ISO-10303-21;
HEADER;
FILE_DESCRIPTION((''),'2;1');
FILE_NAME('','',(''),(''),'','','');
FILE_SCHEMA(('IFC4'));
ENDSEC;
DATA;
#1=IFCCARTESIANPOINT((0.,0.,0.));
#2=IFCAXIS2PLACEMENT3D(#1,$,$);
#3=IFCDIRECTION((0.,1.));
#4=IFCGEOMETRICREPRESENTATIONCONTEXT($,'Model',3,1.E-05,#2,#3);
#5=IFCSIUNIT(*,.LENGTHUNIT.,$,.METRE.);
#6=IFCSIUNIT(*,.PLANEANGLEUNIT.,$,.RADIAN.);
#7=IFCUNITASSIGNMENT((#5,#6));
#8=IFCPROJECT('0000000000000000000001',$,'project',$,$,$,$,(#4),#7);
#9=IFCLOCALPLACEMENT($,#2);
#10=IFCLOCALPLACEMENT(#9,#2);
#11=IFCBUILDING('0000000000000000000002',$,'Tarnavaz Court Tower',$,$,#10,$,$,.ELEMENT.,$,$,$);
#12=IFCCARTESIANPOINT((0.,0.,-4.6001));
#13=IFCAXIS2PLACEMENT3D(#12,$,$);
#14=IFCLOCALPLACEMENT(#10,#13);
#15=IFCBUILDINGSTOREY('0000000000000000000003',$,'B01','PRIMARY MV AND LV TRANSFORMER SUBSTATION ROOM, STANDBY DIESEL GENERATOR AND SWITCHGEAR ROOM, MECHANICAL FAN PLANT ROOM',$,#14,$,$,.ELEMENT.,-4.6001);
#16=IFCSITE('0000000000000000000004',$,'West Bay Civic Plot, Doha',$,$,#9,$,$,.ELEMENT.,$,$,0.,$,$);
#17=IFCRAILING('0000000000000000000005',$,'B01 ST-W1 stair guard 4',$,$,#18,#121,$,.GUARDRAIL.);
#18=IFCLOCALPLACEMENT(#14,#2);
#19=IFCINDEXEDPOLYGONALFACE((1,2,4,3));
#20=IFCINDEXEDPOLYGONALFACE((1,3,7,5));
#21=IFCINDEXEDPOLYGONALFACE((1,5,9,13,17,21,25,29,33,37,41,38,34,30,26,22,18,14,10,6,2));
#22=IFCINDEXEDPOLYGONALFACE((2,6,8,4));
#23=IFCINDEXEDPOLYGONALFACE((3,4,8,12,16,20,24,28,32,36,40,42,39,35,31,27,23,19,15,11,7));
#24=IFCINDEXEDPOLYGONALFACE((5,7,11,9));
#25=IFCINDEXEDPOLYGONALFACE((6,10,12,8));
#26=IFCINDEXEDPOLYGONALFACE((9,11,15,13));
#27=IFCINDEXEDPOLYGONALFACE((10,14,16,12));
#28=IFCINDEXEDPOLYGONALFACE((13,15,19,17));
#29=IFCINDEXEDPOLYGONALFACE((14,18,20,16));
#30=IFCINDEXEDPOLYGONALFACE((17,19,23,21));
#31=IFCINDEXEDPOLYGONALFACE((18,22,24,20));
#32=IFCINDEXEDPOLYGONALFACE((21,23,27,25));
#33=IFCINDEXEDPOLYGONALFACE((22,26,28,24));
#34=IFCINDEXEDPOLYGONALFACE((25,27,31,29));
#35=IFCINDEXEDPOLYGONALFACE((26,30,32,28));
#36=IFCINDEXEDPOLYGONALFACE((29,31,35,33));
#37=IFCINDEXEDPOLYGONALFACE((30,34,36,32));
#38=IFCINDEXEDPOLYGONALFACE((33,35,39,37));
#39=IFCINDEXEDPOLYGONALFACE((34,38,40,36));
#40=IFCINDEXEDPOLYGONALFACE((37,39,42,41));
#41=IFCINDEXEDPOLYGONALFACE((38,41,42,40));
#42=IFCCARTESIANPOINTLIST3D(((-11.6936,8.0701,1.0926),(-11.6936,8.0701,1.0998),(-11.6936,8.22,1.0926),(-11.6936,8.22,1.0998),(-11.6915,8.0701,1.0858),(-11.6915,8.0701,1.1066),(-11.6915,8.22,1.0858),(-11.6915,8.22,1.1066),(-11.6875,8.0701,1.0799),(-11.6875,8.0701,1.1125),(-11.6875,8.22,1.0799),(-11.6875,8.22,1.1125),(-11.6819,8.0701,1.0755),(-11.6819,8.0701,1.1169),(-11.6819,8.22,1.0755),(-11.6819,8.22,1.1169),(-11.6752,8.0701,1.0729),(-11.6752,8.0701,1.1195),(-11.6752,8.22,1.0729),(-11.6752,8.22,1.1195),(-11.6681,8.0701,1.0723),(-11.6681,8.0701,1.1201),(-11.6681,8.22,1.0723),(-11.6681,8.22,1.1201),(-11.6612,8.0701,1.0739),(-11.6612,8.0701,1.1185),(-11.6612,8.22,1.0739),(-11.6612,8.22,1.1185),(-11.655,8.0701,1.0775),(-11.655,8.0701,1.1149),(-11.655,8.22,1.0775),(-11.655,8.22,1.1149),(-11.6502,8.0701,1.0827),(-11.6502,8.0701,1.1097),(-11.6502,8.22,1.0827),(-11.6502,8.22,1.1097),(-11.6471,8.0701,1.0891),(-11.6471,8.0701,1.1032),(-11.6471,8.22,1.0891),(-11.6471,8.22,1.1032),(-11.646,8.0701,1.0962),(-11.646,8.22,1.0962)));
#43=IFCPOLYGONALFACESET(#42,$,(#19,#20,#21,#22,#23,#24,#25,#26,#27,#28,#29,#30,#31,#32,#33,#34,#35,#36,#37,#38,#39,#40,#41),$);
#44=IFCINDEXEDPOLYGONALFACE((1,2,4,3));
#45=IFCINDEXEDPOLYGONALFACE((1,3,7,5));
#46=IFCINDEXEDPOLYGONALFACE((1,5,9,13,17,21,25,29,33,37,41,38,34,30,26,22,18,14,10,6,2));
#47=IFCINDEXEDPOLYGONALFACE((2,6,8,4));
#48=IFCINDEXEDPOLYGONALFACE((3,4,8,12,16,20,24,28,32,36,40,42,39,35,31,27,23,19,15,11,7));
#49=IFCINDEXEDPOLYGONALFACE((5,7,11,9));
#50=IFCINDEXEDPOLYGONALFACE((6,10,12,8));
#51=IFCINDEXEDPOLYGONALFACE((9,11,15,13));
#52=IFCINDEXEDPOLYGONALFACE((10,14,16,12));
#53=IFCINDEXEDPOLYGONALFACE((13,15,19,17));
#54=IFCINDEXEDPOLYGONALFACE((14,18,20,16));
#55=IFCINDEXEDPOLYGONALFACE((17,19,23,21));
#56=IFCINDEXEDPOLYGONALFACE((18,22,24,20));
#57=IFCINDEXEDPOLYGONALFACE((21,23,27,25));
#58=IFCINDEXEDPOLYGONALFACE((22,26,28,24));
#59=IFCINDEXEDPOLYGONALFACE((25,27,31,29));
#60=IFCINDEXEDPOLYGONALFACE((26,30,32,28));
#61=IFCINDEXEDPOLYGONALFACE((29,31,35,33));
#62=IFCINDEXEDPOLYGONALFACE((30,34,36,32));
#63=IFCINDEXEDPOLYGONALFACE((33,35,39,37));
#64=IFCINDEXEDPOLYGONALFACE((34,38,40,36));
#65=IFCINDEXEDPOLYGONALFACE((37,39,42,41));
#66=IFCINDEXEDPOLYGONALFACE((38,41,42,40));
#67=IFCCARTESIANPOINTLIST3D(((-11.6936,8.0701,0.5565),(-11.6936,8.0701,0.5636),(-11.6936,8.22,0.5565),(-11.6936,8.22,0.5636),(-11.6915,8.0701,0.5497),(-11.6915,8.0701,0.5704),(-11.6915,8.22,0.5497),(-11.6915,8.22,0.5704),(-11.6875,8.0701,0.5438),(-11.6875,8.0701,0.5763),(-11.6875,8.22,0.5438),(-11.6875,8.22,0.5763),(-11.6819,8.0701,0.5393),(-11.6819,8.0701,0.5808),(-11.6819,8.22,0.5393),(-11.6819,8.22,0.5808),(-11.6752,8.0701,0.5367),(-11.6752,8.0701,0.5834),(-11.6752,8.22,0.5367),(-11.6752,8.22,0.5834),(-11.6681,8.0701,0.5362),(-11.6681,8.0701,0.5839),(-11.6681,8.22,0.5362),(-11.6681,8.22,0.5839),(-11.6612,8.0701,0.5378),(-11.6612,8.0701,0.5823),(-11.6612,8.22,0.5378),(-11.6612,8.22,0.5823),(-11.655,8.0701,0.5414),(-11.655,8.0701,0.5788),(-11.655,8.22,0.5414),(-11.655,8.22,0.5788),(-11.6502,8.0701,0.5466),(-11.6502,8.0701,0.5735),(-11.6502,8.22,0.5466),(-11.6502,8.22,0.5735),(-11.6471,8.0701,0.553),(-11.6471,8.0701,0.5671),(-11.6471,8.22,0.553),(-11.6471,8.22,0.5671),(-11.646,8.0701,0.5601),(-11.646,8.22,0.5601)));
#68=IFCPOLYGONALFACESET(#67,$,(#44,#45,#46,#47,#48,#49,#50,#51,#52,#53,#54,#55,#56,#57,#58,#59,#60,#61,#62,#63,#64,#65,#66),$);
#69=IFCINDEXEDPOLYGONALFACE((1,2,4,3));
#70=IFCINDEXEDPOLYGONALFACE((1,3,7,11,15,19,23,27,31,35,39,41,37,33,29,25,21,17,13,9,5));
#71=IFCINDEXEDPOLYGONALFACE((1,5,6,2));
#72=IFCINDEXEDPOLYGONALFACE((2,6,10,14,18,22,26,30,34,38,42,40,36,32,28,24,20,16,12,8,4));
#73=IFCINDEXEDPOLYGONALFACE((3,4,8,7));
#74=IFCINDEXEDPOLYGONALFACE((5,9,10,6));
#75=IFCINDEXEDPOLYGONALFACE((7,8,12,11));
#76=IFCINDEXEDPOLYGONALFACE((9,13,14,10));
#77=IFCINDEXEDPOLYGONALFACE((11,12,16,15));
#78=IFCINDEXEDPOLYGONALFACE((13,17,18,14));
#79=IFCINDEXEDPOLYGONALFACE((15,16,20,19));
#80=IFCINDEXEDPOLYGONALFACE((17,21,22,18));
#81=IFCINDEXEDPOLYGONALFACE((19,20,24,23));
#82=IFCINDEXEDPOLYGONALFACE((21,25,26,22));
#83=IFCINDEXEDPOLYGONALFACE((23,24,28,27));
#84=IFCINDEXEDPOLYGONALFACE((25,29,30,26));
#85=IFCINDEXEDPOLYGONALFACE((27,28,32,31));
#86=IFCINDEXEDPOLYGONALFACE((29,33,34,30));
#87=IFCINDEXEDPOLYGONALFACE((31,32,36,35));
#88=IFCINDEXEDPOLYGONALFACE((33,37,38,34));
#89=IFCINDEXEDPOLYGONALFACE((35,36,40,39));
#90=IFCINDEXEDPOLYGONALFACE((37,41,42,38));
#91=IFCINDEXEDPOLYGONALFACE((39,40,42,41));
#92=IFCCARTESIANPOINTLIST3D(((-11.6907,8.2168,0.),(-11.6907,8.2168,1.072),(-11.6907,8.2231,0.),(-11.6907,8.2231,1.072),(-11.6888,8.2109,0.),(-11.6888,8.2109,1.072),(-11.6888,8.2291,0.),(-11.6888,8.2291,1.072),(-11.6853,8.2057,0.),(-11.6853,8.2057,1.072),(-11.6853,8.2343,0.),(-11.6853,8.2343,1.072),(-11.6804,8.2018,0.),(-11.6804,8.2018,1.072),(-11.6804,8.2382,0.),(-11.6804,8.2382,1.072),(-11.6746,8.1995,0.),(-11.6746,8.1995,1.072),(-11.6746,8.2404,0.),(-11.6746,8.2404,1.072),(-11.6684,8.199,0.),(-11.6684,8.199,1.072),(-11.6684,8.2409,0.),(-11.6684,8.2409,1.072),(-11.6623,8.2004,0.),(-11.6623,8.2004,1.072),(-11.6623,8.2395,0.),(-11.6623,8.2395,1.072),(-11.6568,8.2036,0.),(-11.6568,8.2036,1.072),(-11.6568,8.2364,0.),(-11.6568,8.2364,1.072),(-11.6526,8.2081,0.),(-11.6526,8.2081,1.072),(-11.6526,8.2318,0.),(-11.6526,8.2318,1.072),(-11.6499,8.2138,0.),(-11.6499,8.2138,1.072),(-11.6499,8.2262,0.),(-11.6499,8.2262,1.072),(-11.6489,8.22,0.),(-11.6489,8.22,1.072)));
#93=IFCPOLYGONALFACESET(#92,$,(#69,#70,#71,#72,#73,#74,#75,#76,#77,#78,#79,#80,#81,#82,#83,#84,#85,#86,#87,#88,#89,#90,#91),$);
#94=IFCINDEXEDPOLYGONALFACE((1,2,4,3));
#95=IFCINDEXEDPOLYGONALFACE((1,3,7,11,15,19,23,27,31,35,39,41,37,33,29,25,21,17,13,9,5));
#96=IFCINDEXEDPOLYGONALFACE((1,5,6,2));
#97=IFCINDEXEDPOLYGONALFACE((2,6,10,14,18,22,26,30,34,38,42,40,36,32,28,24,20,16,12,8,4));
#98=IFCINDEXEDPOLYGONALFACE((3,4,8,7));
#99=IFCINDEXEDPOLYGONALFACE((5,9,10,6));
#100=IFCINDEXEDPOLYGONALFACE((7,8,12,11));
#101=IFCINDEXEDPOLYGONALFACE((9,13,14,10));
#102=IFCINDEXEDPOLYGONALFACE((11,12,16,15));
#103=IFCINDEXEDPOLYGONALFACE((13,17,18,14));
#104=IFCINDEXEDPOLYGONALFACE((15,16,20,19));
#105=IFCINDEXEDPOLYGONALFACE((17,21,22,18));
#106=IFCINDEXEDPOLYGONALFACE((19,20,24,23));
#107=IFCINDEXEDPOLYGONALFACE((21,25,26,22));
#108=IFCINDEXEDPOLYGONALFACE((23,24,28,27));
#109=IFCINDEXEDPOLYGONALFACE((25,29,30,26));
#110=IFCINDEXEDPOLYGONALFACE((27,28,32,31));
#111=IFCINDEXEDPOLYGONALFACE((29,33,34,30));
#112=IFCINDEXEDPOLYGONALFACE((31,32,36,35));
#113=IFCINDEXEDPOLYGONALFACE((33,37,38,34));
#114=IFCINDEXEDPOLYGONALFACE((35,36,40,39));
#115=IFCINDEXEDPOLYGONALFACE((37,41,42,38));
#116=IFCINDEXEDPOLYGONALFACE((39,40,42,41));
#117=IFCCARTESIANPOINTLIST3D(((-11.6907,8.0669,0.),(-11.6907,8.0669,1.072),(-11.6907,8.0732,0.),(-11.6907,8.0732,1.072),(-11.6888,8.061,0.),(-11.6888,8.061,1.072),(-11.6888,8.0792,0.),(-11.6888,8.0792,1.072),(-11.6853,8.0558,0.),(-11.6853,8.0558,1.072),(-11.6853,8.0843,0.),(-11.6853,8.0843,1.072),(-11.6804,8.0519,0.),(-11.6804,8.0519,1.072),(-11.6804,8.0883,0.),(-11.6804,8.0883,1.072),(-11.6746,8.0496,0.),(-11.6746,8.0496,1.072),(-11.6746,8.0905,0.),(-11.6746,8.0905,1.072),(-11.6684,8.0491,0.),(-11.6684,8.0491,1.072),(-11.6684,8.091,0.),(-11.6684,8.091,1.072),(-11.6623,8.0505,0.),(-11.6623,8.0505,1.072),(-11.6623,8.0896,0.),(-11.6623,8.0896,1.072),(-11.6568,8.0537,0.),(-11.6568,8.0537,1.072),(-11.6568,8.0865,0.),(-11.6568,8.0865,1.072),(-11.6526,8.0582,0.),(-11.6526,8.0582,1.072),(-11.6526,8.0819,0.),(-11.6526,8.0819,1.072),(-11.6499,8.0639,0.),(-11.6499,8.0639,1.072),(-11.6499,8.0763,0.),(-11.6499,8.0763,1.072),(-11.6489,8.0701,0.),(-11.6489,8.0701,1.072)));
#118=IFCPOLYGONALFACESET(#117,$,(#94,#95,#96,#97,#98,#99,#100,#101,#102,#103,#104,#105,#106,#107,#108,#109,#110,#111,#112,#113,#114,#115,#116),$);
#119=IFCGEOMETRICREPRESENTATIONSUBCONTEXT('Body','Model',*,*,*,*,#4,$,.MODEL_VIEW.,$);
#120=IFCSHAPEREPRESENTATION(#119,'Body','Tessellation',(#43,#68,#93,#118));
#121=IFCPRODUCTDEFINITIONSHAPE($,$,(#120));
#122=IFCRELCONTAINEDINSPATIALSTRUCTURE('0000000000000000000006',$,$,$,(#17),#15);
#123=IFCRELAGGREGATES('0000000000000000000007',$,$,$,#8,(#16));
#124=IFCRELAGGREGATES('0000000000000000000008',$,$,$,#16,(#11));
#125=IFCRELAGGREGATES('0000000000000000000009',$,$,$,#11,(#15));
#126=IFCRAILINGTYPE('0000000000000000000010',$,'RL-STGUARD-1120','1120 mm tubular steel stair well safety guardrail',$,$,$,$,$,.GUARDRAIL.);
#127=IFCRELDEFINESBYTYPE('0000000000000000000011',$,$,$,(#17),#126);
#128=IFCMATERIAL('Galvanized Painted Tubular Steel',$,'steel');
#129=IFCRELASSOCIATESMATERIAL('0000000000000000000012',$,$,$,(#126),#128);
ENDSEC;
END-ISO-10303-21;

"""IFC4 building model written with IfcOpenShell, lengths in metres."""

from ifc_helpers import new_model, si_unit, direction, frame, origin, origin_2d, place, context, subcontext, project, spatial, circle, extrude, material, type_object, element, save


model = new_model("IFC4")

# Units and contexts
model_context = context("Model", 3, precision=1e-05, world=origin(), true_north=direction((0.0, 1.0)))
body_context = subcontext(model_context, "Body", "Model", "MODEL_VIEW")
ifc_project = project(units=[si_unit("LENGTHUNIT", "METRE"), si_unit("PLANEANGLEUNIT", "RADIAN")], contexts=[model_context])

# Site, building, storey
site_placement = place(None, origin())
site = spatial("IfcSite", under=ifc_project, at=site_placement, Name="West Bay Civic Plot, Doha", CompositionType="ELEMENT", RefElevation=0.0)
building_placement = place(site_placement, origin())
building = spatial("IfcBuilding", under=site, at=building_placement, Name="Tarnavaz Court Tower", CompositionType="ELEMENT")
storey_placement = place(building_placement, frame((0.0, 0.0, -4.6001)))
storey = spatial("IfcBuildingStorey", under=building, at=storey_placement, Name="B01", Description="PRIMARY MV AND LV TRANSFORMER SUBSTATION ROOM, STANDBY DIESEL GENERATOR AND SWITCHGEAR ROOM, MECHANICAL FAN PLANT ROOM", CompositionType="ELEMENT", Elevation=-4.6001)

# Railing
ifc_material_1 = material(Name="Galvanized Painted Tubular Steel", Category="steel")
railing_type_1 = type_object("IfcRailingType", Name="RL-STGUARD-1120", Description="1120 mm tubular steel stair well safety guardrail", PredefinedType="GUARDRAIL", material=ifc_material_1)
railing_1_placement = place(storey_placement, frame((-11.6699, 8.22, 0.0)))
element("IfcRailing", 1, at=railing_1_placement, inside=storey, type_object=railing_type_1, Name="B01 ST-W1 stair guard 4", PredefinedType="GUARDRAIL", context=body_context, shape_type="SweptSolid", body=[
    extrude(circle(Radius=0.0239, at=origin_2d()), frame((0.0, 0.0, 1.0962), z_axis=(0.0, -1.0, 0.0), x_axis=(1.0, 0.0, 0.0)), (0.0, 0.0, 1.0), 0.1499),
    extrude(circle(Radius=0.0239, at=origin_2d()), frame((0.0, 0.0, 0.5601), z_axis=(0.0, -1.0, 0.0), x_axis=(1.0, 0.0, 0.0)), (0.0, 0.0, 1.0), 0.1499),
    extrude(circle(Radius=0.021, at=origin_2d()), origin(), (0.0, 0.0, 1.0), 1.072),
    extrude(circle(Radius=0.021, at=origin_2d()), frame((0.0, -0.1499, 0.0)), (0.0, 0.0, 1.0), 1.072),
])

save(model, "model.ifc")
